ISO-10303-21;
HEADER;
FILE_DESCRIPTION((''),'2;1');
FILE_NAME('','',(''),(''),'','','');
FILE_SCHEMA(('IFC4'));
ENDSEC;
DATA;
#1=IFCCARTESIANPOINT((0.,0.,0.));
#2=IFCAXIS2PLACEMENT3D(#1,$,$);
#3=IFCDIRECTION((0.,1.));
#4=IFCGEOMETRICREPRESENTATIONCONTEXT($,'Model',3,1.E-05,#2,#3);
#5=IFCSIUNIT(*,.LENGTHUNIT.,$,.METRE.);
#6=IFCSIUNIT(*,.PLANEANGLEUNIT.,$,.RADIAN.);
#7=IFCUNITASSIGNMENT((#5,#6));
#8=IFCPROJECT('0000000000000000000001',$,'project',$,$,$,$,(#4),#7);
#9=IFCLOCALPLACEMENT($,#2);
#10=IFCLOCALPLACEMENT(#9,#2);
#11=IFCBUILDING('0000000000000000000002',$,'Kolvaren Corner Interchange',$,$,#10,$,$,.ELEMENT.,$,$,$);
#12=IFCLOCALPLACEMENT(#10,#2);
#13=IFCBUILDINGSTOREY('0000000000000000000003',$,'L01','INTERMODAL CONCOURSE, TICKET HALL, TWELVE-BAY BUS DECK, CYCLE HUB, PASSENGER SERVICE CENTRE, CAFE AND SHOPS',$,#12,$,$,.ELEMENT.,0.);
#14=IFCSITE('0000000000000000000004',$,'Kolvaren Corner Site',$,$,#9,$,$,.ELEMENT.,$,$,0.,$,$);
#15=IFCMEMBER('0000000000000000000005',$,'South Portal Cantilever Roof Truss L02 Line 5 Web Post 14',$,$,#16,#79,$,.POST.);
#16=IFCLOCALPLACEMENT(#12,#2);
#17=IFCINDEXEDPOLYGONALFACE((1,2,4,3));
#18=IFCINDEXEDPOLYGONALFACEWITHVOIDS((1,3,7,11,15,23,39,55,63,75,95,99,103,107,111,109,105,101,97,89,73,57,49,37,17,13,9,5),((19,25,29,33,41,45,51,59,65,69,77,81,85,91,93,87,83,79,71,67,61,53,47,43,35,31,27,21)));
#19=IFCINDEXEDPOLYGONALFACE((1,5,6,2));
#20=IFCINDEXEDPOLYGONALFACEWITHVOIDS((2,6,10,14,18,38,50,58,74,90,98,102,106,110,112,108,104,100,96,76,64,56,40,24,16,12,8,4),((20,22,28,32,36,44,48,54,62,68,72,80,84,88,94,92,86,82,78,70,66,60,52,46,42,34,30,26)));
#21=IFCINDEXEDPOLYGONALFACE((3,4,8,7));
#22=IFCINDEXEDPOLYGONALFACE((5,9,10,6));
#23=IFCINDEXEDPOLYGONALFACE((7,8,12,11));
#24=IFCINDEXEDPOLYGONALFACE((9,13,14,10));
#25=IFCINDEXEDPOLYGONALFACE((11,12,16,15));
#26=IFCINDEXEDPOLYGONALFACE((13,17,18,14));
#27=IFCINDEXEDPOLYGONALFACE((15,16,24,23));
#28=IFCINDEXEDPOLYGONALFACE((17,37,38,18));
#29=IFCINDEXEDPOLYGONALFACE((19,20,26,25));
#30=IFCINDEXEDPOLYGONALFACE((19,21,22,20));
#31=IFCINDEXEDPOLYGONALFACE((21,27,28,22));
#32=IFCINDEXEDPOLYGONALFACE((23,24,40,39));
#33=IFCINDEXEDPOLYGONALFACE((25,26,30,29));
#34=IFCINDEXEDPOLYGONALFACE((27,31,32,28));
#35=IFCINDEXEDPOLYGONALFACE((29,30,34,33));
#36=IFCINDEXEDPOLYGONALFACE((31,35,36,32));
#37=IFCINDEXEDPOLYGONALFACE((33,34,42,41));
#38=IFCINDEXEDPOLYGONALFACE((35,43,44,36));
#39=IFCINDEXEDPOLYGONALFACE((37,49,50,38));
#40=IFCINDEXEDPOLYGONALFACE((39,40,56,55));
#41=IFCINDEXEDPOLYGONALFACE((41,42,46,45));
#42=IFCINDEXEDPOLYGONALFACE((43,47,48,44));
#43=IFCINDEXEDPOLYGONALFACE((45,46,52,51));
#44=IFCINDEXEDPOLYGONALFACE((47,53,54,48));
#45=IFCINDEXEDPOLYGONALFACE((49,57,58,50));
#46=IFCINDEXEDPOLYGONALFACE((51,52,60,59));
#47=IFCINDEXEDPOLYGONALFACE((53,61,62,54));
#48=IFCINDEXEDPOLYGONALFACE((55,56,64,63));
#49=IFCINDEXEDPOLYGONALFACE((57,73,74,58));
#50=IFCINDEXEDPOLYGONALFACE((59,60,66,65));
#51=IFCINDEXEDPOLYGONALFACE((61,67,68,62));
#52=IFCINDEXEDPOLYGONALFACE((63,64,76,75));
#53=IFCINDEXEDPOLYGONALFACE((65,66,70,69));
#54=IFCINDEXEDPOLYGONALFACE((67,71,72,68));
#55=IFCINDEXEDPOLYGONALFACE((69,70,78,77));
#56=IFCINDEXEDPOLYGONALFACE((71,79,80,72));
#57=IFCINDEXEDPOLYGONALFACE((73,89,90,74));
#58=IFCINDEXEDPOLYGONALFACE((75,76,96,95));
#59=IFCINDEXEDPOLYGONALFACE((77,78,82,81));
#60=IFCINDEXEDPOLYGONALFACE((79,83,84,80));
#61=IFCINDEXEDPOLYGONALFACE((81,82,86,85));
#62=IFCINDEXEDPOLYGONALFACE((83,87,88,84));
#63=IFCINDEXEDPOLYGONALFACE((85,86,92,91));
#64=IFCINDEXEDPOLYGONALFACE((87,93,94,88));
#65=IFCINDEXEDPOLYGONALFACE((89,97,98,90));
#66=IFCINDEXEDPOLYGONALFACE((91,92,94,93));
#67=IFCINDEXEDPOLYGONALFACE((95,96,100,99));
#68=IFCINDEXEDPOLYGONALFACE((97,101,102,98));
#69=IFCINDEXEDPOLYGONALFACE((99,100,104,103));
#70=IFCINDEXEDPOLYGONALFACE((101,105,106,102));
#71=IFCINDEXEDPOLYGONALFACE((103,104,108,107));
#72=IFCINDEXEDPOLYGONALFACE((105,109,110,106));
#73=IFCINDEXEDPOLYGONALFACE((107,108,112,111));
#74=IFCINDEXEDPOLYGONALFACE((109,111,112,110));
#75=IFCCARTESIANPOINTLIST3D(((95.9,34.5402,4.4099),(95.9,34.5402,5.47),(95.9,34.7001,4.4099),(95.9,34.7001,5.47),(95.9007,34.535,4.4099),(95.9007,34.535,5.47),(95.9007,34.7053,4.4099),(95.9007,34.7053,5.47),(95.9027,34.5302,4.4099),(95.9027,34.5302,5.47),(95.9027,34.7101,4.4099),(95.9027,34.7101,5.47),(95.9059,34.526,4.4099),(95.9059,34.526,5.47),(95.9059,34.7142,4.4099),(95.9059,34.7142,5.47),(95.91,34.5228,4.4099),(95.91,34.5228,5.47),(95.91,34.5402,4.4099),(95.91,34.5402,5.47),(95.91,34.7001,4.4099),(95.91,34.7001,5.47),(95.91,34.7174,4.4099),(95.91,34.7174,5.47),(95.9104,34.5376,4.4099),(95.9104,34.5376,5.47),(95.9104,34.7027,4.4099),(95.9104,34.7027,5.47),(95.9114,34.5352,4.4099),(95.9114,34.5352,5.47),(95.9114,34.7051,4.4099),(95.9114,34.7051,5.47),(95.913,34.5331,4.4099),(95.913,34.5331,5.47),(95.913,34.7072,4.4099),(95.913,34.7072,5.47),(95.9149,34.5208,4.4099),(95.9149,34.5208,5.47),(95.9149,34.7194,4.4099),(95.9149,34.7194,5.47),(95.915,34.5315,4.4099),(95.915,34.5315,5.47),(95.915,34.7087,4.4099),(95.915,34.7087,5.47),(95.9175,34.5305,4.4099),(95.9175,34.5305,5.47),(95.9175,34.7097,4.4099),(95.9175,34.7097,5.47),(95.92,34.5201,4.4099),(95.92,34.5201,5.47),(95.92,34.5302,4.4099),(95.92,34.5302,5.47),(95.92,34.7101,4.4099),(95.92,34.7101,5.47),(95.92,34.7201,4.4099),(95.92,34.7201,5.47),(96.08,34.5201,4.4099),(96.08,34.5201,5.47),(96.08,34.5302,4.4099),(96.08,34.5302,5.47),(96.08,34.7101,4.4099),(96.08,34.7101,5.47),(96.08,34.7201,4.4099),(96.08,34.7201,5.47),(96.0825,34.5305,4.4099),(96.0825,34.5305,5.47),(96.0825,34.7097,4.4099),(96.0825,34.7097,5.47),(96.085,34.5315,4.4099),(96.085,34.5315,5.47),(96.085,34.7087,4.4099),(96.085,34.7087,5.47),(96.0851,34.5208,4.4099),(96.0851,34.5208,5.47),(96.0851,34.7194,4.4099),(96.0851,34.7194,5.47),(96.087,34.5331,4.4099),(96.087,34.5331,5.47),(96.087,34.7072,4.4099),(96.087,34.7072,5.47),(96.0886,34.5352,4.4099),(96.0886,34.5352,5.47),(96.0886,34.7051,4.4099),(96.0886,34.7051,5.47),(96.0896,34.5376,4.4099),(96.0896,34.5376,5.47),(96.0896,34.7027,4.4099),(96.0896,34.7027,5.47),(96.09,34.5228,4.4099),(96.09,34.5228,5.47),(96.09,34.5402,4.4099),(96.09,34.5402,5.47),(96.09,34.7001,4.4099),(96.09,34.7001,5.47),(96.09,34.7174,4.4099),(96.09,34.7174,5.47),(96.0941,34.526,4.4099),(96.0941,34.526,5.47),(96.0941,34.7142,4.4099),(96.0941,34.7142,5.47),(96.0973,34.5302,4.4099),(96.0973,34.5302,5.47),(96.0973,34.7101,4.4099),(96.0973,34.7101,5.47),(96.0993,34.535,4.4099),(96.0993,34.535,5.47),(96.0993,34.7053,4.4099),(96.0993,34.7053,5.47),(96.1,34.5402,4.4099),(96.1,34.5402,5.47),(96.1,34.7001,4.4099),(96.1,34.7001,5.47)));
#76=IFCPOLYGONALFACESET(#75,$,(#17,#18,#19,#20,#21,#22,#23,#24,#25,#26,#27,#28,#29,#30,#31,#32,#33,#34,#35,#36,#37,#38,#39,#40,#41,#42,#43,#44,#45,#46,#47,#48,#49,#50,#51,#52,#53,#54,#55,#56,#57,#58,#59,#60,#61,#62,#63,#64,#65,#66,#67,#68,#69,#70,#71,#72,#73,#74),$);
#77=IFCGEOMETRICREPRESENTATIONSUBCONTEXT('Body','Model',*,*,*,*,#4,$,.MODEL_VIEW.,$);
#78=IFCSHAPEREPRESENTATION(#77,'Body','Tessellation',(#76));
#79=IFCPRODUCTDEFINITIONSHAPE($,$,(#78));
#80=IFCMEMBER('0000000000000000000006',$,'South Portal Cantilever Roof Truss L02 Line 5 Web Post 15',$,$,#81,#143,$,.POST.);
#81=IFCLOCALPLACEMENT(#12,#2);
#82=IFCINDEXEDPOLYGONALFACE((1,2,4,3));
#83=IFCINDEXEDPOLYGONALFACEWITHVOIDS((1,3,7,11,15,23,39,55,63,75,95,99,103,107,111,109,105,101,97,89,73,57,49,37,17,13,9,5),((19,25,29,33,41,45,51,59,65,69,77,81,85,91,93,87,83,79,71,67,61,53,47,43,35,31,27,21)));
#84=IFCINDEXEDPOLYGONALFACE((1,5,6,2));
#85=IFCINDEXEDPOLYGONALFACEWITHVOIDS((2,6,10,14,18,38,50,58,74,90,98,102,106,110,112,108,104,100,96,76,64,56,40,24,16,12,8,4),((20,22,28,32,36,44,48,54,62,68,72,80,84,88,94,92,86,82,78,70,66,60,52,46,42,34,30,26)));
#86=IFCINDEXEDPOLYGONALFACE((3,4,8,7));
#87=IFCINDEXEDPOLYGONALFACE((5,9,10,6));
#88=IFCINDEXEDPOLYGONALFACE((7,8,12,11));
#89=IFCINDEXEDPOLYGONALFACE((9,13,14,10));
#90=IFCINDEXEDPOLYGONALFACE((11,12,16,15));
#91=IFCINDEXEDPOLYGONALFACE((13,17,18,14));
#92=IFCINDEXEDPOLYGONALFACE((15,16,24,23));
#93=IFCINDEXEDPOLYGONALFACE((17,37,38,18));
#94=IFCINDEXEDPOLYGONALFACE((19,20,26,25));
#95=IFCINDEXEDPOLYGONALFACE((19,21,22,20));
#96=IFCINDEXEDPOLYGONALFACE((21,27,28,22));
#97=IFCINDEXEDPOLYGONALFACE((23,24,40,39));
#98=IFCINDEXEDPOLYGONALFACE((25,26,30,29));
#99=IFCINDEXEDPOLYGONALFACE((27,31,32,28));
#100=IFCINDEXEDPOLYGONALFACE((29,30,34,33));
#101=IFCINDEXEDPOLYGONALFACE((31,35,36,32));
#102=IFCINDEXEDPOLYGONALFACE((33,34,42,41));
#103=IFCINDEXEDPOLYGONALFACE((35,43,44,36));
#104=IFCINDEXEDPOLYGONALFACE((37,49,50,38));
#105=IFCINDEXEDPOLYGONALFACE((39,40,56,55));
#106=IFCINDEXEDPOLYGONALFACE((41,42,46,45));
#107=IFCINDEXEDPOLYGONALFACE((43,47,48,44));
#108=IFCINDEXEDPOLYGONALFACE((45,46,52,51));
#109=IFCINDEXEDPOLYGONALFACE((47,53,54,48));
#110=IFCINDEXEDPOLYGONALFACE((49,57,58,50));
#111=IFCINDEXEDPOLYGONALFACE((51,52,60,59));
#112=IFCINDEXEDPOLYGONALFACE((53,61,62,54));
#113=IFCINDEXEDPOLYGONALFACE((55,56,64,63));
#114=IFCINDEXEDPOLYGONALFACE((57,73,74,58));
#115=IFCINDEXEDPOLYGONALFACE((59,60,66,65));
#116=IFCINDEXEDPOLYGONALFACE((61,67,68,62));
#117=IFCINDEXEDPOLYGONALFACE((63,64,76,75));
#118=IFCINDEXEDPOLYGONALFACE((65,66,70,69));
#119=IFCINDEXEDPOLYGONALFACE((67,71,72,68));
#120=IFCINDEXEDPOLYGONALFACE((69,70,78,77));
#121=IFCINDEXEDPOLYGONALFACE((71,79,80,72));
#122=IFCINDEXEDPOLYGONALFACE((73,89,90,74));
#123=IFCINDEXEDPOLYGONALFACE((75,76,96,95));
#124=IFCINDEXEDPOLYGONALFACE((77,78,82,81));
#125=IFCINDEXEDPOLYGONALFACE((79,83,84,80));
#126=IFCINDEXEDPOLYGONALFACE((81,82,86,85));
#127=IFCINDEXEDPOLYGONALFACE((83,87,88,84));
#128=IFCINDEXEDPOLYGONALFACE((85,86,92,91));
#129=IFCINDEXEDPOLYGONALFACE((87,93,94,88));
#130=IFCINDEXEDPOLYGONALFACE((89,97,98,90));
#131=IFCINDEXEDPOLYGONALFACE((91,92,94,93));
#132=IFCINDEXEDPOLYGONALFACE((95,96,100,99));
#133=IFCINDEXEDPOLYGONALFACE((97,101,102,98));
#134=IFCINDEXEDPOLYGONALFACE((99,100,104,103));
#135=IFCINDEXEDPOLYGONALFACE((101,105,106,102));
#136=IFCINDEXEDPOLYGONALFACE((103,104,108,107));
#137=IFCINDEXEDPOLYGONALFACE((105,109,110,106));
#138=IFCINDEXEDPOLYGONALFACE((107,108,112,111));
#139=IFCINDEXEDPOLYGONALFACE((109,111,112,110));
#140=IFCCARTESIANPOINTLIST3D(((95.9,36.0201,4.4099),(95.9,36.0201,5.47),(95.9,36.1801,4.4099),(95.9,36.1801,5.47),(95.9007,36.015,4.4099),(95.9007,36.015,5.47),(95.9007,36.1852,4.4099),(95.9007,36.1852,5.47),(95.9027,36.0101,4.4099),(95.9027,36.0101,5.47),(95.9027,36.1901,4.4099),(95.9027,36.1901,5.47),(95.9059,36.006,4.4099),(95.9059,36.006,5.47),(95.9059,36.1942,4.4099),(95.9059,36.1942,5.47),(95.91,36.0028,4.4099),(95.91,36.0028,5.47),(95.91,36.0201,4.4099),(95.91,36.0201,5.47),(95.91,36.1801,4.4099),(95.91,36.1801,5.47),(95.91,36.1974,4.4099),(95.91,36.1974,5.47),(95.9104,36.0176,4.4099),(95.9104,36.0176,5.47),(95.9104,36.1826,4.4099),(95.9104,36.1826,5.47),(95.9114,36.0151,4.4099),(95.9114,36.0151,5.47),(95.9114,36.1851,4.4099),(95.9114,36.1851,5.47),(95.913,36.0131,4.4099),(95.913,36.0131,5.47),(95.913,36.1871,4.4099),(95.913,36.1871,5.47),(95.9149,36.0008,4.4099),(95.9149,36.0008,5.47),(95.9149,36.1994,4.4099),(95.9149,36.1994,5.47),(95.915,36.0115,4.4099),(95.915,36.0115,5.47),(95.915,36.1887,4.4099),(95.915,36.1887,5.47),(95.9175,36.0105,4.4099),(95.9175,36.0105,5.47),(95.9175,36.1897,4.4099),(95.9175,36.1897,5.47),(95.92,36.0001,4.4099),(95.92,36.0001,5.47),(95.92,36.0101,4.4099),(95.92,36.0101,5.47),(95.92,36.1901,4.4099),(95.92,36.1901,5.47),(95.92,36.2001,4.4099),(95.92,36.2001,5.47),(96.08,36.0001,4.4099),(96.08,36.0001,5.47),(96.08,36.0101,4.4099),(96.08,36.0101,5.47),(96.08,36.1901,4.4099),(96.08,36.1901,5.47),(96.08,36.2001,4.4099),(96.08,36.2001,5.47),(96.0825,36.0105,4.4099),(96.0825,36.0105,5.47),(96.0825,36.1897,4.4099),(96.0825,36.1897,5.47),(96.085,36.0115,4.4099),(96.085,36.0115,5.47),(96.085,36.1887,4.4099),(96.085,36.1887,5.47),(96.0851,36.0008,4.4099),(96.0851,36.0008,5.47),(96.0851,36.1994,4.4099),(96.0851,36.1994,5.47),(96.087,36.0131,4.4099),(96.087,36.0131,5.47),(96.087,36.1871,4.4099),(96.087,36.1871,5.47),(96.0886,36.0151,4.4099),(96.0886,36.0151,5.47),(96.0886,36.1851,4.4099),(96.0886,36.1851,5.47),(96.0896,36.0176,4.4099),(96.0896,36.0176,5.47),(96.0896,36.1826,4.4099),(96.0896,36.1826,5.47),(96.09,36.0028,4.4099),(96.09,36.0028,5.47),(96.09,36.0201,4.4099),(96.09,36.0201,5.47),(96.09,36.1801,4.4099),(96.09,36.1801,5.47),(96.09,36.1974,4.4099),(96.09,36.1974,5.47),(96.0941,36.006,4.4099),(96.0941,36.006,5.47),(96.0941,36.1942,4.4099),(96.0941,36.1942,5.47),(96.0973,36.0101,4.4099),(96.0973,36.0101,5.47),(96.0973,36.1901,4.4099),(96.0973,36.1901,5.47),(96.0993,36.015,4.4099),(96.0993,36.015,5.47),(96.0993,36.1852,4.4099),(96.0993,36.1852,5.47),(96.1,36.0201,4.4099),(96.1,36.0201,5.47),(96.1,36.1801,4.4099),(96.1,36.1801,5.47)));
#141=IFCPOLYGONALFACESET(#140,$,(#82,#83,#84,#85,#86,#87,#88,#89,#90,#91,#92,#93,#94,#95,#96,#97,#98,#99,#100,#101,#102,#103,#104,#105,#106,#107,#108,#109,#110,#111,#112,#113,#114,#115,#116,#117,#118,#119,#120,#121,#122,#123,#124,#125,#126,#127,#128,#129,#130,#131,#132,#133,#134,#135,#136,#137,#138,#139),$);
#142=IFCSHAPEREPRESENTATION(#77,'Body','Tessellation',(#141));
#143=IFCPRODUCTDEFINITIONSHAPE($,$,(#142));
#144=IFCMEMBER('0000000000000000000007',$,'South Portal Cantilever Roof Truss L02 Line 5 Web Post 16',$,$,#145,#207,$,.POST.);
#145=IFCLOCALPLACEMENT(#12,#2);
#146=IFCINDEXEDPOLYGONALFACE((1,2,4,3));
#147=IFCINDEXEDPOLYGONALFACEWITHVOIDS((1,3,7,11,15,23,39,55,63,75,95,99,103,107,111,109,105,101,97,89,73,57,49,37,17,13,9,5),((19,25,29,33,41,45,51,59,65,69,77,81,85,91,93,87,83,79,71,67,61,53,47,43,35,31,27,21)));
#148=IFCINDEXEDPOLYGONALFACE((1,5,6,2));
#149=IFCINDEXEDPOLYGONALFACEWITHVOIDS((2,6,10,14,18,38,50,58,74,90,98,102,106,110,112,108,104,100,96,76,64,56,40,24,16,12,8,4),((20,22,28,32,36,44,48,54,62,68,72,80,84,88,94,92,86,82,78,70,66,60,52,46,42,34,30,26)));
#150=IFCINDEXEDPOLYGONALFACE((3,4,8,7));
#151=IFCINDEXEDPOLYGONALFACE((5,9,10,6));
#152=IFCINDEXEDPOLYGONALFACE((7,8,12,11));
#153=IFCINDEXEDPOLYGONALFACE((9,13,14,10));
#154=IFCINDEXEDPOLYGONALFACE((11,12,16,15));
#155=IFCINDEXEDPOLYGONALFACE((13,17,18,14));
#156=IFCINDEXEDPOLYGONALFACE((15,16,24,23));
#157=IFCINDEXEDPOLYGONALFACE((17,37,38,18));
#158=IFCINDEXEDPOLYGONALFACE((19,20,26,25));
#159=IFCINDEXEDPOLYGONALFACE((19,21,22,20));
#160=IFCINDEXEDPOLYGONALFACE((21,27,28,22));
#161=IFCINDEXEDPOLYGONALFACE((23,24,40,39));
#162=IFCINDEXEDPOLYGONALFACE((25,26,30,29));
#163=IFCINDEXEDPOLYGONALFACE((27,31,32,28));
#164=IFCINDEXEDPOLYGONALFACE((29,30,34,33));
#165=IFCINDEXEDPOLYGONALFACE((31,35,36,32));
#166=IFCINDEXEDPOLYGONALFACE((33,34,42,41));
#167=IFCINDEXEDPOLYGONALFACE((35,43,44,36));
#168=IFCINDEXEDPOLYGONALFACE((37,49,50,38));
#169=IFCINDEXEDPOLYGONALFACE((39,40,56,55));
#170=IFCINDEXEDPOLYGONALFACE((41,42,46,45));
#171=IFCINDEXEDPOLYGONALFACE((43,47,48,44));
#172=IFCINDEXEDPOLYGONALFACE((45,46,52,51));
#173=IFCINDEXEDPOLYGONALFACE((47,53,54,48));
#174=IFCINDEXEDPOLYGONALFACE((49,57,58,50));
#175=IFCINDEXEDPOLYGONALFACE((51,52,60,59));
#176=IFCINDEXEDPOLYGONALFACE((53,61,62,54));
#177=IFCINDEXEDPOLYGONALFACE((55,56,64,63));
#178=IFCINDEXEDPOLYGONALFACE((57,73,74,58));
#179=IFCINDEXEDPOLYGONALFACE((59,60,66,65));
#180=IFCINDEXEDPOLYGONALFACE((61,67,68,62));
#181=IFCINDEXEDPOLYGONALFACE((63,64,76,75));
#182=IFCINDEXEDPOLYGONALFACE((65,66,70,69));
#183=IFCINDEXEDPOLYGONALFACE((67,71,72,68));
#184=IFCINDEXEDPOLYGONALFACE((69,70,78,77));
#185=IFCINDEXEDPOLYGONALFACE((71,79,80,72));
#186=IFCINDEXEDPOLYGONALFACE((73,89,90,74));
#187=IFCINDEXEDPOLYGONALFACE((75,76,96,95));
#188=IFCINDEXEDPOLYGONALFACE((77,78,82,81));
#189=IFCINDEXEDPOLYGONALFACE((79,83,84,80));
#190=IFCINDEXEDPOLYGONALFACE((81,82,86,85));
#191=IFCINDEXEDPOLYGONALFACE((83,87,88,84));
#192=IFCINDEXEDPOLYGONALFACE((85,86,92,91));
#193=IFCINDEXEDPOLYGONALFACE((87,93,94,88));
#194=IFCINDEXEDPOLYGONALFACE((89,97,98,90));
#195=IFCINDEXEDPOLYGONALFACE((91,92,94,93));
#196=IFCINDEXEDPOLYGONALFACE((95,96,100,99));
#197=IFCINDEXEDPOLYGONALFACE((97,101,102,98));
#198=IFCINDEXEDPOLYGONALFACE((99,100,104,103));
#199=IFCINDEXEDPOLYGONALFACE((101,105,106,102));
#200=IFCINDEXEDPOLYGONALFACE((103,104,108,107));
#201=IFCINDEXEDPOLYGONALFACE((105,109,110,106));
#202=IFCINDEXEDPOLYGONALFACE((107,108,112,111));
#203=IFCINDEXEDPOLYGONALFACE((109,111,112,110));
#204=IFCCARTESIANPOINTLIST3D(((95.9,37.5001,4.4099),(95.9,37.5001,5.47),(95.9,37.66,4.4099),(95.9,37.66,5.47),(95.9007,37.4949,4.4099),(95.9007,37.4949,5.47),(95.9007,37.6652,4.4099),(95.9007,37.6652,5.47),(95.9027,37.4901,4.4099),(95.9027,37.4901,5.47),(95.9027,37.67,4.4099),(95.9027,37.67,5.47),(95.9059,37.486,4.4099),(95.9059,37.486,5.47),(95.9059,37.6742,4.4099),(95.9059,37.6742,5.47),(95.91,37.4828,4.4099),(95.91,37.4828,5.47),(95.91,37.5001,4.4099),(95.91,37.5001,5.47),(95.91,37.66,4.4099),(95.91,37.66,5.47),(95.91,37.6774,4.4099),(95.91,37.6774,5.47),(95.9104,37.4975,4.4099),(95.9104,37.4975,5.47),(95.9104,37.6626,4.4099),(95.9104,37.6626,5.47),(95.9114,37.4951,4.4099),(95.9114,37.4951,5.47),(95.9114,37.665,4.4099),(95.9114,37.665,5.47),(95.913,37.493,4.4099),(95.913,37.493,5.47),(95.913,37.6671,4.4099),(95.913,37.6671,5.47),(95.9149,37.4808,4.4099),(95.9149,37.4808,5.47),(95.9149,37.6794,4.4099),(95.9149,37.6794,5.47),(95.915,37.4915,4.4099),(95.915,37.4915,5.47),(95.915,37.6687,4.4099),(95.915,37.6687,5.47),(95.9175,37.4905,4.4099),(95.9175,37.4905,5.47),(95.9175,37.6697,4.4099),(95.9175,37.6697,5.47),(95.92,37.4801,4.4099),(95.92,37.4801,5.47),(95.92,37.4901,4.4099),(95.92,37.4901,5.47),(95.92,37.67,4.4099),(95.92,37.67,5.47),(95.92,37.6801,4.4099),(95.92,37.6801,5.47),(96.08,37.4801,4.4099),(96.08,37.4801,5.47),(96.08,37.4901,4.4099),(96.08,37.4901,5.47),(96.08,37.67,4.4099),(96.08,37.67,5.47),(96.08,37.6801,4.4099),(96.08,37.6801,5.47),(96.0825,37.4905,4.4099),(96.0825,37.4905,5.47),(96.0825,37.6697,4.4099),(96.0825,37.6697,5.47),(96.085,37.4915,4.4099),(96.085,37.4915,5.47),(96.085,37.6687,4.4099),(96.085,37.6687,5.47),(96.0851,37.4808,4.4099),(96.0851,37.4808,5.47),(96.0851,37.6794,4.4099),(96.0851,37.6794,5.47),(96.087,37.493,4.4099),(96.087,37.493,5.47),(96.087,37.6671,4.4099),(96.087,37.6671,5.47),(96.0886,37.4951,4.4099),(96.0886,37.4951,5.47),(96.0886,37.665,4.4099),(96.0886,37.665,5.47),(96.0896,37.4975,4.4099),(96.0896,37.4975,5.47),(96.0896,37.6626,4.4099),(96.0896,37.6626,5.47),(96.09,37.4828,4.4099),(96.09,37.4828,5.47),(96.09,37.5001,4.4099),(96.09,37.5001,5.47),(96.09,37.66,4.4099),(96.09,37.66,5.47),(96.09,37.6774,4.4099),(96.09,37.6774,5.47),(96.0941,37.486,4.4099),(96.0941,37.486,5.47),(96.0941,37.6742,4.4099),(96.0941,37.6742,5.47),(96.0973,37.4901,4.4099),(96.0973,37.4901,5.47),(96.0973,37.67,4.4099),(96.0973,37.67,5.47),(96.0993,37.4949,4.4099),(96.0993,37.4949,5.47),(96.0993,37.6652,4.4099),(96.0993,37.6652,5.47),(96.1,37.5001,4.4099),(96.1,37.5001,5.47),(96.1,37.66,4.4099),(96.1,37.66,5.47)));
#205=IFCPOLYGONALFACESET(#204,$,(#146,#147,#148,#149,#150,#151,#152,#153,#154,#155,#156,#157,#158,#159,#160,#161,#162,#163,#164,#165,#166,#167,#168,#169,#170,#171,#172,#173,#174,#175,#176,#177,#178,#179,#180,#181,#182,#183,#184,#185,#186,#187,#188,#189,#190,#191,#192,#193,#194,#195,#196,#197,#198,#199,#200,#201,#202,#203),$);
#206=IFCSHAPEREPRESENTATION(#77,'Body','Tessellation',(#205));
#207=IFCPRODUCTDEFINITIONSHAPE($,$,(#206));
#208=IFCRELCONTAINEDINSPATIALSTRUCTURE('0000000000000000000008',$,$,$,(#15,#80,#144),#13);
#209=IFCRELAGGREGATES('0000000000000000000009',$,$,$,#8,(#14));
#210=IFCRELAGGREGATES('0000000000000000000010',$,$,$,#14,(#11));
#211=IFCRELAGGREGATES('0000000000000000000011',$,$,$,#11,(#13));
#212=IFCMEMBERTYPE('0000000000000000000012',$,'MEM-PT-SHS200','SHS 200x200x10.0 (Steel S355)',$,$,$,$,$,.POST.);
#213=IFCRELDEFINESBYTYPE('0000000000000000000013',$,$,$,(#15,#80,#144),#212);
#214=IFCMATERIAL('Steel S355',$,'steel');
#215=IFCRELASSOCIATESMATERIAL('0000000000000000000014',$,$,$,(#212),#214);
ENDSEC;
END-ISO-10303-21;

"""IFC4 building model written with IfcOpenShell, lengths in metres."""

from ifc_helpers import new_model, si_unit, direction, frame, origin, origin_2d, place, context, subcontext, project, spatial, hollow_rectangle, extrude, material, material_profile, profile_set, type_object, element, save


model = new_model("IFC4")

# Units and contexts
model_context = context("Model", 3, precision=1e-05, world=origin(), true_north=direction((0.0, 1.0)))
body_context = subcontext(model_context, "Body", "Model", "MODEL_VIEW")
ifc_project = project(units=[si_unit("LENGTHUNIT", "METRE"), si_unit("PLANEANGLEUNIT", "RADIAN")], contexts=[model_context])

# Site, building, storey
site_placement = place(None, origin())
site = spatial("IfcSite", under=ifc_project, at=site_placement, Name="Kolvaren Corner Site", CompositionType="ELEMENT", RefElevation=0.0)
building_placement = place(site_placement, origin())
building = spatial("IfcBuilding", under=site, at=building_placement, Name="Kolvaren Corner Interchange", CompositionType="ELEMENT")
storey_placement = place(building_placement, origin())
storey = spatial("IfcBuildingStorey", under=building, at=storey_placement, Name="L01", Description="INTERMODAL CONCOURSE, TICKET HALL, TWELVE-BAY BUS DECK, CYCLE HUB, PASSENGER SERVICE CENTRE, CAFE AND SHOPS", CompositionType="ELEMENT", Elevation=0.0)

# Members
ifc_material_1 = material(Name="Steel S355", Category="steel")
ifc_material_profile_1 = material_profile(ifc_material_1, hollow_rectangle(XDim=0.2, YDim=0.2, WallThickness=0.01, InnerFilletRadius=0.01, OuterFilletRadius=0.02, at=origin_2d()), Name="SHS 200x200x10.0")
ifc_profile_set_1 = profile_set([ifc_material_profile_1], Name="Steel S355")
member_type_1 = type_object("IfcMemberType", Name="MEM-PT-SHS200", Description="SHS 200x200x10.0 (Steel S355)", PredefinedType="POST", material=ifc_profile_set_1)
for number, where, z_axis, x_axis, name in (
    (1, (96.0, 34.6201, 4.4099), (0.0, 0.0, 1.0), (1.0, 0.0, 0.0), "South Portal Cantilever Roof Truss L02 Line 5 Web Post 14"),
    (2, (96.0, 36.1001, 4.4099), (0.0, 0.0, 1.0), (1.0, 0.0, 0.0), "South Portal Cantilever Roof Truss L02 Line 5 Web Post 15"),
    (3, (96.0, 37.5801, 4.4099), (0.0, 0.0, 1.0), (1.0, 0.0, 0.0), "South Portal Cantilever Roof Truss L02 Line 5 Web Post 16"),
):
    element("IfcMember", number, at=place(storey_placement, frame(where, z_axis=z_axis, x_axis=x_axis)), inside=storey, type_object=member_type_1, Name=name, PredefinedType="POST", context=body_context, shape_type="SweptSolid", body=[
        extrude(hollow_rectangle(XDim=0.2, YDim=0.2, WallThickness=0.01, InnerFilletRadius=0.01, OuterFilletRadius=0.02, at=origin_2d()), origin(), (0.0, 0.0, 1.0), 1.0601),
    ])

save(model, "model.ifc")
